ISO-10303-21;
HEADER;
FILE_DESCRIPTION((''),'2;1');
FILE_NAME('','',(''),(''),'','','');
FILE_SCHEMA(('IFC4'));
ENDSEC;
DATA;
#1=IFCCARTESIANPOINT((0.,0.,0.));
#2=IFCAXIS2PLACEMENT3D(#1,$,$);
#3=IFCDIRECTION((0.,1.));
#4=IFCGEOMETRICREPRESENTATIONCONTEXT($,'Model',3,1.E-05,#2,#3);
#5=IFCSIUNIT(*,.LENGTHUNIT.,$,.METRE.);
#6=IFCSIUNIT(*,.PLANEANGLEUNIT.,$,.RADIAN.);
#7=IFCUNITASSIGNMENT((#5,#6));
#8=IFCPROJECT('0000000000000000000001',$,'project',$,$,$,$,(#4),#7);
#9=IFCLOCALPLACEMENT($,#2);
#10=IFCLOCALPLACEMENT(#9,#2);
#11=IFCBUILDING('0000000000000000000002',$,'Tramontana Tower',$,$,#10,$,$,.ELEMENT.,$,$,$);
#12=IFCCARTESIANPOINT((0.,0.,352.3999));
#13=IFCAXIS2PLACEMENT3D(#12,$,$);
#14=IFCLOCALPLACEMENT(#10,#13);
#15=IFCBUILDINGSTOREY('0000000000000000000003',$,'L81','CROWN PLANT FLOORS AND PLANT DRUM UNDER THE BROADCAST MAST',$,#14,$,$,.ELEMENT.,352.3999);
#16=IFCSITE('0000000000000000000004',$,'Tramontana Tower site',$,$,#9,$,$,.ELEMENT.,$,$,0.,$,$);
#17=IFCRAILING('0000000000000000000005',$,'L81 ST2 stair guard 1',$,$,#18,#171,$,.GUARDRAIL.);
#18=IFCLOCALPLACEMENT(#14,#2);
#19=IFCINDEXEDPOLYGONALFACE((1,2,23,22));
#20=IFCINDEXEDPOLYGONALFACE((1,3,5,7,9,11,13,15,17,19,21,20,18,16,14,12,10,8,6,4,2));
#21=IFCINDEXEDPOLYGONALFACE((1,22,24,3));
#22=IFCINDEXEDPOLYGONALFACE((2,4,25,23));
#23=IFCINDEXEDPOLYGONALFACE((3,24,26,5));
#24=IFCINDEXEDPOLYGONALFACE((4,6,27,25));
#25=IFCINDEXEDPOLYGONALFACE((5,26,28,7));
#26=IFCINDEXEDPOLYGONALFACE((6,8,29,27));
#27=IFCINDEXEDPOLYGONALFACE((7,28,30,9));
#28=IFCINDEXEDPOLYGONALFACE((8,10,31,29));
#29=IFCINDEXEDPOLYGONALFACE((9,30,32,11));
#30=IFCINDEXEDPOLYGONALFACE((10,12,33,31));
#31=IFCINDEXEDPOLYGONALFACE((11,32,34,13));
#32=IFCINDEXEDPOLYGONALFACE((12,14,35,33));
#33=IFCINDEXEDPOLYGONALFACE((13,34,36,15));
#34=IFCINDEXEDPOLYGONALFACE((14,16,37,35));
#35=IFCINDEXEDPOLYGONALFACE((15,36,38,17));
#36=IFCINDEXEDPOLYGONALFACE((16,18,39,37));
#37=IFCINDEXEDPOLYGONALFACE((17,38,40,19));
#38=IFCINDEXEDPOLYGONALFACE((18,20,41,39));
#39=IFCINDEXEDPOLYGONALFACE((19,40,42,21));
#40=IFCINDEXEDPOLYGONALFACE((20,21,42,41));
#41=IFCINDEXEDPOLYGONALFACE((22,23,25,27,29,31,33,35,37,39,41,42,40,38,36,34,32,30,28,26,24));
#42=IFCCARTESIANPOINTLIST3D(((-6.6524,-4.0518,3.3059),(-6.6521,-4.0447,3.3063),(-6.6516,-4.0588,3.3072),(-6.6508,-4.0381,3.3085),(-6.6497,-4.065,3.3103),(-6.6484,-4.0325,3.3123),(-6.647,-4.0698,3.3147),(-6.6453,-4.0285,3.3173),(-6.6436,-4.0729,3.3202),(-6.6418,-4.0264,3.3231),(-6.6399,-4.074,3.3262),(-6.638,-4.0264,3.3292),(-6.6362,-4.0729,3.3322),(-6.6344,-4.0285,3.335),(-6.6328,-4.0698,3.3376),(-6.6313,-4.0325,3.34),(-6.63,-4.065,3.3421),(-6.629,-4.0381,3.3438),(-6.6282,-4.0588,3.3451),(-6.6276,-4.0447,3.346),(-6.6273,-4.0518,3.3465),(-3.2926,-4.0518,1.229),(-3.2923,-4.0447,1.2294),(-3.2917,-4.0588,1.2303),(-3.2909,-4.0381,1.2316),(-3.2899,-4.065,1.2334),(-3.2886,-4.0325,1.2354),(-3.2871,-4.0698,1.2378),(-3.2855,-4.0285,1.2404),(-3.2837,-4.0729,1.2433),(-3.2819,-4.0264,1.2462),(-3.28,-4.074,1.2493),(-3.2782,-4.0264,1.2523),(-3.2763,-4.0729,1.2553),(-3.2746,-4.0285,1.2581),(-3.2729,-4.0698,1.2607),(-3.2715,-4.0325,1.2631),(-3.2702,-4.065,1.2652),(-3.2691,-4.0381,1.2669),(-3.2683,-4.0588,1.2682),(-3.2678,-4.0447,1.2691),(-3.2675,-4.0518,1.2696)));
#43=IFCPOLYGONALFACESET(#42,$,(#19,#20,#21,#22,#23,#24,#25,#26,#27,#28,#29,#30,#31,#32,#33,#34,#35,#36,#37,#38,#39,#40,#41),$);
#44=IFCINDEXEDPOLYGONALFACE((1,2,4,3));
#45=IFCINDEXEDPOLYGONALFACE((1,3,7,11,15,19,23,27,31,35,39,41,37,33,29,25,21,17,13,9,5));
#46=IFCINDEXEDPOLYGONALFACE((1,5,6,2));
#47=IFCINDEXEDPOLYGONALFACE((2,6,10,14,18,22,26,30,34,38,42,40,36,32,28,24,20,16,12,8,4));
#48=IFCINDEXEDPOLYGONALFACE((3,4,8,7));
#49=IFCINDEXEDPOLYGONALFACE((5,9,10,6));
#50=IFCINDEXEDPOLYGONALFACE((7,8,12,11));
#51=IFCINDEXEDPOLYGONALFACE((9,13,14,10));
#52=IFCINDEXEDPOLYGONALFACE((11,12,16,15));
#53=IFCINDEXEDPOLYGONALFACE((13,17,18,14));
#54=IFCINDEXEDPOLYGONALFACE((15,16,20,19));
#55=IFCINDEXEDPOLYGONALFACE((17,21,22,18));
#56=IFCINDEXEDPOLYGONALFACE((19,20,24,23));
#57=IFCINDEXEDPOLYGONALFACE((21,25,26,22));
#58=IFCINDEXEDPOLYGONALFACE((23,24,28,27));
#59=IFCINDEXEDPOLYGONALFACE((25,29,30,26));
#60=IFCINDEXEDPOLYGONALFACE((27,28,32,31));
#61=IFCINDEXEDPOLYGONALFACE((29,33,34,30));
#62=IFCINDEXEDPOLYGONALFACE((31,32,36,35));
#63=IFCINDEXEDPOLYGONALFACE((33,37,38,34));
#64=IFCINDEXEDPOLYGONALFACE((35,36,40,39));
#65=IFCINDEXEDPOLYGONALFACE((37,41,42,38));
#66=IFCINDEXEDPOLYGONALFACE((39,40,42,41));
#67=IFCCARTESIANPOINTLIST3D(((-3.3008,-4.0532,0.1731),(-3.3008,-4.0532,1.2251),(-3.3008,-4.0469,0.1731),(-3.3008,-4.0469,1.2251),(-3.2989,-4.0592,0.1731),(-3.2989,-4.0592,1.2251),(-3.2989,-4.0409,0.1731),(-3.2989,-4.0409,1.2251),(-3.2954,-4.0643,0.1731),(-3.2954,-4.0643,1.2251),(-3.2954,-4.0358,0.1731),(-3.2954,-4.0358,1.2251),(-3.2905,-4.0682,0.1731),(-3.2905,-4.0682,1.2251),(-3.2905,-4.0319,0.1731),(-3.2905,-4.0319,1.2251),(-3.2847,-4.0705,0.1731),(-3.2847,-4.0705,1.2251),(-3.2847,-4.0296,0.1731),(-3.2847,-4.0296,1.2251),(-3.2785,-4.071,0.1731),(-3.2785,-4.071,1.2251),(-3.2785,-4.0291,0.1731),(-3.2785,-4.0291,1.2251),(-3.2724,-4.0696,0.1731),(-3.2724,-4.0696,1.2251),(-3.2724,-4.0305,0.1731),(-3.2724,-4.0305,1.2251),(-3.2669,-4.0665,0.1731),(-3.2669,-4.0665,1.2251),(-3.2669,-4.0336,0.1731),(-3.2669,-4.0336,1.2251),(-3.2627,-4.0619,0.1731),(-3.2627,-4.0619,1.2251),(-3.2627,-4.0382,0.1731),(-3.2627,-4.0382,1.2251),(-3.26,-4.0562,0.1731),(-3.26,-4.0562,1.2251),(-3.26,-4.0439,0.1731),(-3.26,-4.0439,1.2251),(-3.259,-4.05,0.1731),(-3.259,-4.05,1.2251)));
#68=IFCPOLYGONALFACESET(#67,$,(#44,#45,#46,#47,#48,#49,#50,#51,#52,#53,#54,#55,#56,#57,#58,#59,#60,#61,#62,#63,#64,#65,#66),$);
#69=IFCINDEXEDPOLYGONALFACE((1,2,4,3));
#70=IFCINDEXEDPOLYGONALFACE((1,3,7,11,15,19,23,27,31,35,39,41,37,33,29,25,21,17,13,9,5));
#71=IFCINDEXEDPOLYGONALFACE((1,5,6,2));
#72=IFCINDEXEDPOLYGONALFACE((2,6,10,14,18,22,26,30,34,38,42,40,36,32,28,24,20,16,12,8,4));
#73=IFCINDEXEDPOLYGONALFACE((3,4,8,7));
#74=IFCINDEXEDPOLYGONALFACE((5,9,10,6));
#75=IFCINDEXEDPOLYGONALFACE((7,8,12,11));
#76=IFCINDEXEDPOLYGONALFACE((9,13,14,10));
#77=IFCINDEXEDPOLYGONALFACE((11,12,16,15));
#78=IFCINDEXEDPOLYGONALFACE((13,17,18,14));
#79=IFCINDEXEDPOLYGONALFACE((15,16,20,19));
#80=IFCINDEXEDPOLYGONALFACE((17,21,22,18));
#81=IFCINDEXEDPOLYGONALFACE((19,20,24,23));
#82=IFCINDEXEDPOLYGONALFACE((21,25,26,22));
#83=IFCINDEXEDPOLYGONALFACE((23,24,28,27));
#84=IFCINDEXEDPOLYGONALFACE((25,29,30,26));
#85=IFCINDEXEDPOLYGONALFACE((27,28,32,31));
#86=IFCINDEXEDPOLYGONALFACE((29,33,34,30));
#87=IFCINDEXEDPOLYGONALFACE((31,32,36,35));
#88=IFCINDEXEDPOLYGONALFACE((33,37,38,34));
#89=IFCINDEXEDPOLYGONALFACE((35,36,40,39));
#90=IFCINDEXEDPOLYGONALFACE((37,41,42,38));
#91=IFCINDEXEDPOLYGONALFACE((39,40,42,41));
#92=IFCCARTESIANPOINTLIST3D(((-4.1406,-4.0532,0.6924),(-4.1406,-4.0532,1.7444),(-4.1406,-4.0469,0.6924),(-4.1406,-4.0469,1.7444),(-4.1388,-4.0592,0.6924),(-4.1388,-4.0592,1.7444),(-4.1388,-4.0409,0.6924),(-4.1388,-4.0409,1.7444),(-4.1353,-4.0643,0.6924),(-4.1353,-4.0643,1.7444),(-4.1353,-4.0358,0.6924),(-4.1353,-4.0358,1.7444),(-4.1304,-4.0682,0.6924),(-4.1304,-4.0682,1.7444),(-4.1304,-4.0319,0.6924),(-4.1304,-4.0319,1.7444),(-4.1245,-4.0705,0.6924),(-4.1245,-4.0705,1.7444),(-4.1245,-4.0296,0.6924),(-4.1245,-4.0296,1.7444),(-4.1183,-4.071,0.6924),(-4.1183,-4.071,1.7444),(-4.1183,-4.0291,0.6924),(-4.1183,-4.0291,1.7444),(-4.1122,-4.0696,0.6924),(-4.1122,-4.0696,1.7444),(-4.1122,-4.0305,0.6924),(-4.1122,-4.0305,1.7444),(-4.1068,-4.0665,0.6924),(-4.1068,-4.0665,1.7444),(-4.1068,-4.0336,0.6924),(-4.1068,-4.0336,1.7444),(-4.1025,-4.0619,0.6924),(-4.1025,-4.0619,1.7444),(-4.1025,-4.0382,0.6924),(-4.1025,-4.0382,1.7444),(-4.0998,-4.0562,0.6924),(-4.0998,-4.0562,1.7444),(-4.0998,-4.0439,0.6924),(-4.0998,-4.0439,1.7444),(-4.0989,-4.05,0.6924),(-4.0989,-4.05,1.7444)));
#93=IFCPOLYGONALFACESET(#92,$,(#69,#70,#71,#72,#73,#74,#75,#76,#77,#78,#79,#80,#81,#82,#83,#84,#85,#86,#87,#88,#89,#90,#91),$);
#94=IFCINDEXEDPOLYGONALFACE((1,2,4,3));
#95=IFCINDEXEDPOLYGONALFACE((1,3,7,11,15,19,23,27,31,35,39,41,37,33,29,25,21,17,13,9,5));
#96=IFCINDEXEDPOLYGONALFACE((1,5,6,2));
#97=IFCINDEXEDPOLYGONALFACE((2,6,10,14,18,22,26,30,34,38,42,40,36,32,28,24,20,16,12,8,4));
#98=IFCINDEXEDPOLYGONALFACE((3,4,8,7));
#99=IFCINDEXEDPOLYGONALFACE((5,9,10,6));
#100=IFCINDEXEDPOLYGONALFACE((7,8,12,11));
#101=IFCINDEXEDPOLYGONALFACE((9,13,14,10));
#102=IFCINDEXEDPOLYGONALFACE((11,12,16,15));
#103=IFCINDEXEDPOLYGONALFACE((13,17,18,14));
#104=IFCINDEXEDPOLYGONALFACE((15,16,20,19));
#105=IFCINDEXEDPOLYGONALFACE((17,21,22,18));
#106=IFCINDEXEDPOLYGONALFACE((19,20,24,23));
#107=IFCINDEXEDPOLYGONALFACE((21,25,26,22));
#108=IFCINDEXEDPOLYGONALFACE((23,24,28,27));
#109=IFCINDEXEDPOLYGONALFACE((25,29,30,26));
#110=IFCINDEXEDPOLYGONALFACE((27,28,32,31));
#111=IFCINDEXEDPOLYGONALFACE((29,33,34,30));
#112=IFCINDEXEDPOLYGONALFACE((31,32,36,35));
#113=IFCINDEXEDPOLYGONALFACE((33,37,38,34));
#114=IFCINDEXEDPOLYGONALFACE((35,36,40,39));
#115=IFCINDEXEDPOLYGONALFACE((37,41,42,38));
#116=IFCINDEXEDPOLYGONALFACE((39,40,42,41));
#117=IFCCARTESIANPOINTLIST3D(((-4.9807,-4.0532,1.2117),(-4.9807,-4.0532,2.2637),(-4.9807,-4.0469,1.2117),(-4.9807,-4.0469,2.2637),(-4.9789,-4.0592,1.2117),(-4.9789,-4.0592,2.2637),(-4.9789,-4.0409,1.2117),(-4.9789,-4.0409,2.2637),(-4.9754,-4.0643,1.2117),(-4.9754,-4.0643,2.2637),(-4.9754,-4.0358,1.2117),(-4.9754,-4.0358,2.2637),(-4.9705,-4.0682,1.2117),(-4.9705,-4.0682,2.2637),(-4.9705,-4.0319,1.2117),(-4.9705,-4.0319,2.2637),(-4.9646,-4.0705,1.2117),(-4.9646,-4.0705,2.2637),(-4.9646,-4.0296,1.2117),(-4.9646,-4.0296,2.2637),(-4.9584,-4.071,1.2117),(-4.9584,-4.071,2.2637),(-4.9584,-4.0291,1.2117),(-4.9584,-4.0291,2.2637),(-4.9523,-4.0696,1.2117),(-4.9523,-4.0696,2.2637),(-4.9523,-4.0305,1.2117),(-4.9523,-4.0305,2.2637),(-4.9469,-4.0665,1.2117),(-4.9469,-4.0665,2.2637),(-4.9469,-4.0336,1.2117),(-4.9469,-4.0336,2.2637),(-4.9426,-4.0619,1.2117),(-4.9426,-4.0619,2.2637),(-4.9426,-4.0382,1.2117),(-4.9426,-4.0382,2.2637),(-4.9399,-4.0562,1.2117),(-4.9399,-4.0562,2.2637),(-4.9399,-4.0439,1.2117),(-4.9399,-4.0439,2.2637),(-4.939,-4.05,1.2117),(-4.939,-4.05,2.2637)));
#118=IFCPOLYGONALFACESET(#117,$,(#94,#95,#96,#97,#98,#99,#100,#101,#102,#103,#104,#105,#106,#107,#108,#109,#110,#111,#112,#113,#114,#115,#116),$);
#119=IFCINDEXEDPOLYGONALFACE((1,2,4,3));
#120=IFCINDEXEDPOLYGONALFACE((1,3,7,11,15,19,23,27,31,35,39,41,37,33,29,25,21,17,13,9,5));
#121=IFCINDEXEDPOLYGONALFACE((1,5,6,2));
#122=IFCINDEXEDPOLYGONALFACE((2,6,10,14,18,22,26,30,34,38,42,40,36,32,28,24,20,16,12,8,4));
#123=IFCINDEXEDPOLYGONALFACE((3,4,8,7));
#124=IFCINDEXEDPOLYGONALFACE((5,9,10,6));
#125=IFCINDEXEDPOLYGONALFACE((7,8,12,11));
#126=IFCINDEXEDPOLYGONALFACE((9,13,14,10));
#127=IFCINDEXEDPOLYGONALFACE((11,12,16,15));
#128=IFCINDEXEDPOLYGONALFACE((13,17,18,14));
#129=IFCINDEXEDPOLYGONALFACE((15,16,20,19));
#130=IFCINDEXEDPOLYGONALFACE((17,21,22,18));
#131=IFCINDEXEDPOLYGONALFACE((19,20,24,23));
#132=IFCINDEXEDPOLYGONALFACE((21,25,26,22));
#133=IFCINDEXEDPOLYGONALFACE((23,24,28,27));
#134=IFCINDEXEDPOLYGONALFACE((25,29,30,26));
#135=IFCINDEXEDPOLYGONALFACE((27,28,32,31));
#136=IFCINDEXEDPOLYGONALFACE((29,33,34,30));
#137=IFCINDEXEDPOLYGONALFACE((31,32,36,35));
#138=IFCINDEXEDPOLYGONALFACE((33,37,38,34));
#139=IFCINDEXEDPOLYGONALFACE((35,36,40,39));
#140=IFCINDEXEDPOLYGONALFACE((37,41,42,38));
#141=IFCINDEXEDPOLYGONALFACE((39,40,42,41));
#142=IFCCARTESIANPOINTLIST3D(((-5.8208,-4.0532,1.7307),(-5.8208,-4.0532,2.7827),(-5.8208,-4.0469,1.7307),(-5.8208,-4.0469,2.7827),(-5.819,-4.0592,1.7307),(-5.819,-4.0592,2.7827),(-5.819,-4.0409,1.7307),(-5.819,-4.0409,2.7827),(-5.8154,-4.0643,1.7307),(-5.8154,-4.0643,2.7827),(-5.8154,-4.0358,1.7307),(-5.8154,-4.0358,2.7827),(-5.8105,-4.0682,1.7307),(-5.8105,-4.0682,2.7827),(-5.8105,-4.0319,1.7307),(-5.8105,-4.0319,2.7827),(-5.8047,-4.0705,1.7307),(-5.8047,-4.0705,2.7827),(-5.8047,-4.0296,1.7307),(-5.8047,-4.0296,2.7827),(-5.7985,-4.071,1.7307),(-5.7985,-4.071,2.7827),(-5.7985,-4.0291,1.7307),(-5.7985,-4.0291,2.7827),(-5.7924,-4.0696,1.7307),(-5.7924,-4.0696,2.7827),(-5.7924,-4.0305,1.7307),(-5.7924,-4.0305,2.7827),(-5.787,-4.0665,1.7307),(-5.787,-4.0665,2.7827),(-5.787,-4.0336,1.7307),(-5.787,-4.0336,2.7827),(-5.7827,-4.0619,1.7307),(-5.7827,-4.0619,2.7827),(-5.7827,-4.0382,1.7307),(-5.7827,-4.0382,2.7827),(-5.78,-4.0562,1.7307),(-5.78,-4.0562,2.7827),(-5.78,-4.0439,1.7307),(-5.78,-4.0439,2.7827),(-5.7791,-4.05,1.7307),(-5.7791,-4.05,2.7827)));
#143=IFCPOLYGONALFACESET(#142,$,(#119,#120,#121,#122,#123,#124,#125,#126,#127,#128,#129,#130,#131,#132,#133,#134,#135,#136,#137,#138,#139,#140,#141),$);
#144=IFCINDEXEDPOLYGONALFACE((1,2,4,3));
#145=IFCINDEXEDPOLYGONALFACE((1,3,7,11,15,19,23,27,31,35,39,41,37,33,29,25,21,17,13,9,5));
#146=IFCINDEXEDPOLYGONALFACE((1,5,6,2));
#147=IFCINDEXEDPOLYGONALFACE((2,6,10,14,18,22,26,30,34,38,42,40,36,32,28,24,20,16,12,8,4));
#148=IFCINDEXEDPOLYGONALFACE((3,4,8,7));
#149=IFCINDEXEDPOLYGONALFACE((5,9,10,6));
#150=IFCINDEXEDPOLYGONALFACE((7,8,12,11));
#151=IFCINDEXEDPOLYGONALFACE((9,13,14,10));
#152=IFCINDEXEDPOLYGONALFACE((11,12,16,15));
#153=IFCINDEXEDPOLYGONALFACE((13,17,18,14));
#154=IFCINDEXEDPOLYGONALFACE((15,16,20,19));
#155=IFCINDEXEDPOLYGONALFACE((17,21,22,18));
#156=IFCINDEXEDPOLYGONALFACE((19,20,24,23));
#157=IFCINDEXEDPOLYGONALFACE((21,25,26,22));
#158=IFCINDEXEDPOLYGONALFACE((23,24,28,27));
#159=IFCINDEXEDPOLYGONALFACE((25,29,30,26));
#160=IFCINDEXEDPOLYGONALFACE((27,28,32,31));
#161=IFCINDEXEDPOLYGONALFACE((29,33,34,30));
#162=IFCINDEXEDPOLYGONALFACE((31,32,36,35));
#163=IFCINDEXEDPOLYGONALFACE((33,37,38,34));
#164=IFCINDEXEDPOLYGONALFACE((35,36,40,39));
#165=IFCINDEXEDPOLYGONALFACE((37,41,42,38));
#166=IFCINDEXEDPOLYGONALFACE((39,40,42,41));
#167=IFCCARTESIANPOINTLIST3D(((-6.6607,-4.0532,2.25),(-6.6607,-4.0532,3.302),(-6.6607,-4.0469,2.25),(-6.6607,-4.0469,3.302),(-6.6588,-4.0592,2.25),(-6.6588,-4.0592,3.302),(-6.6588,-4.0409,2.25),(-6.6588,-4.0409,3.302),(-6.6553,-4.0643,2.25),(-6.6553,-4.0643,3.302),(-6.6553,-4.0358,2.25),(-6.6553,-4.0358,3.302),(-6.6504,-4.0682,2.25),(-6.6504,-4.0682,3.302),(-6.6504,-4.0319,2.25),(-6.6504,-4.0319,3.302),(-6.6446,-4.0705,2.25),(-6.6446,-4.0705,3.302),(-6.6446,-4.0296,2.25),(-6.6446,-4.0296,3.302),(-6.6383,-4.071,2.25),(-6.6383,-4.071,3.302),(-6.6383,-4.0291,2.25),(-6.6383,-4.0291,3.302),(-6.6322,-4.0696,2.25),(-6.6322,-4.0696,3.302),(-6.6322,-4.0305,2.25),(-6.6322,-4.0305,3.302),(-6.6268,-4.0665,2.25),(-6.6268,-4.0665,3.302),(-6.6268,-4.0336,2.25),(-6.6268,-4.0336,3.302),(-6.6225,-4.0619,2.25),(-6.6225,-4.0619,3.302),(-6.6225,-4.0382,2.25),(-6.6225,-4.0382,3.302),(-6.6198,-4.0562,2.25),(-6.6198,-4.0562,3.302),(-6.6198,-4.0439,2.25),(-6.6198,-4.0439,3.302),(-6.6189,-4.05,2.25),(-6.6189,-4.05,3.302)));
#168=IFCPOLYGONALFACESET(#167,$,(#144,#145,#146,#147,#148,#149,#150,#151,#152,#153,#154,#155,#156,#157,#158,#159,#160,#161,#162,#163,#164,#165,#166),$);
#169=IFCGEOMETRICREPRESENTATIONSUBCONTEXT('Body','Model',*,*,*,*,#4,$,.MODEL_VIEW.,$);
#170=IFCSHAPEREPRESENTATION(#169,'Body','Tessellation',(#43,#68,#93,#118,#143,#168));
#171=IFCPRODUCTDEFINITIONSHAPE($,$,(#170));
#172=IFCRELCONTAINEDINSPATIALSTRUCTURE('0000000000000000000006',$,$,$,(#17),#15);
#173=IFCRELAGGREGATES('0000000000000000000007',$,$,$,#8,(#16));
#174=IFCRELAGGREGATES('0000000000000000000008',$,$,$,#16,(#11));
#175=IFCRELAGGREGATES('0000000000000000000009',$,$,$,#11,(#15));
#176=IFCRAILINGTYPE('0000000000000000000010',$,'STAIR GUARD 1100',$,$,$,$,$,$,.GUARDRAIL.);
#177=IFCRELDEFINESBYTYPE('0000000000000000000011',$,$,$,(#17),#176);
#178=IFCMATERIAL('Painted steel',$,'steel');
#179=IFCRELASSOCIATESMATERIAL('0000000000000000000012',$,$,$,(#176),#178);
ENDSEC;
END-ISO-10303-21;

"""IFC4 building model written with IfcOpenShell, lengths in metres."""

from ifc_helpers import new_model, si_unit, direction, frame, origin, origin_2d, place, context, subcontext, project, spatial, circle, extrude, material, type_object, element, save


model = new_model("IFC4")

# Units and contexts
model_context = context("Model", 3, precision=1e-05, world=origin(), true_north=direction((0.0, 1.0)))
body_context = subcontext(model_context, "Body", "Model", "MODEL_VIEW")
ifc_project = project(units=[si_unit("LENGTHUNIT", "METRE"), si_unit("PLANEANGLEUNIT", "RADIAN")], contexts=[model_context])

# Site, building, storey
site_placement = place(None, origin())
site = spatial("IfcSite", under=ifc_project, at=site_placement, Name="Tramontana Tower site", CompositionType="ELEMENT", RefElevation=0.0)
building_placement = place(site_placement, origin())
building = spatial("IfcBuilding", under=site, at=building_placement, Name="Tramontana Tower", CompositionType="ELEMENT")
storey_placement = place(building_placement, frame((0.0, 0.0, 352.3999)))
storey = spatial("IfcBuildingStorey", under=building, at=storey_placement, Name="L81", Description="CROWN PLANT FLOORS AND PLANT DRUM UNDER THE BROADCAST MAST", CompositionType="ELEMENT", Elevation=352.3999)

# Railing
ifc_material_1 = material(Name="Painted steel", Category="steel")
railing_type_1 = type_object("IfcRailingType", Name="STAIR GUARD 1100", PredefinedType="GUARDRAIL", material=ifc_material_1)
railing_1_placement = place(storey_placement, frame((-3.28, -4.05, 0.1731)))
element("IfcRailing", 1, at=railing_1_placement, inside=storey, type_object=railing_type_1, Name="L81 ST2 stair guard 1", PredefinedType="GUARDRAIL", context=body_context, shape_type="SweptSolid", body=[
    extrude(circle(Radius=0.0239, at=origin_2d()), frame((0.0, 0.0, 1.0762), z_axis=(-0.850606, 0.0, 0.525803), x_axis=(0.0, -1.0, 0.0)), (0.0, 0.0, 1.0), 3.95),
    extrude(circle(Radius=0.021, at=origin_2d()), origin(), (0.0, 0.0, 1.0), 1.052),
    extrude(circle(Radius=0.021, at=origin_2d()), frame((-0.8398, 0.0, 0.5193)), (0.0, 0.0, 1.0), 1.052),
    extrude(circle(Radius=0.021, at=origin_2d()), frame((-1.6799, 0.0, 1.0386)), (0.0, 0.0, 1.0), 1.052),
    extrude(circle(Radius=0.021, at=origin_2d()), frame((-2.52, 0.0, 1.5576)), (0.0, 0.0, 1.0), 1.052),
    extrude(circle(Radius=0.021, at=origin_2d()), frame((-3.3599, 0.0, 2.0769)), (0.0, 0.0, 1.0), 1.052),
])

save(model, "model.ifc")
